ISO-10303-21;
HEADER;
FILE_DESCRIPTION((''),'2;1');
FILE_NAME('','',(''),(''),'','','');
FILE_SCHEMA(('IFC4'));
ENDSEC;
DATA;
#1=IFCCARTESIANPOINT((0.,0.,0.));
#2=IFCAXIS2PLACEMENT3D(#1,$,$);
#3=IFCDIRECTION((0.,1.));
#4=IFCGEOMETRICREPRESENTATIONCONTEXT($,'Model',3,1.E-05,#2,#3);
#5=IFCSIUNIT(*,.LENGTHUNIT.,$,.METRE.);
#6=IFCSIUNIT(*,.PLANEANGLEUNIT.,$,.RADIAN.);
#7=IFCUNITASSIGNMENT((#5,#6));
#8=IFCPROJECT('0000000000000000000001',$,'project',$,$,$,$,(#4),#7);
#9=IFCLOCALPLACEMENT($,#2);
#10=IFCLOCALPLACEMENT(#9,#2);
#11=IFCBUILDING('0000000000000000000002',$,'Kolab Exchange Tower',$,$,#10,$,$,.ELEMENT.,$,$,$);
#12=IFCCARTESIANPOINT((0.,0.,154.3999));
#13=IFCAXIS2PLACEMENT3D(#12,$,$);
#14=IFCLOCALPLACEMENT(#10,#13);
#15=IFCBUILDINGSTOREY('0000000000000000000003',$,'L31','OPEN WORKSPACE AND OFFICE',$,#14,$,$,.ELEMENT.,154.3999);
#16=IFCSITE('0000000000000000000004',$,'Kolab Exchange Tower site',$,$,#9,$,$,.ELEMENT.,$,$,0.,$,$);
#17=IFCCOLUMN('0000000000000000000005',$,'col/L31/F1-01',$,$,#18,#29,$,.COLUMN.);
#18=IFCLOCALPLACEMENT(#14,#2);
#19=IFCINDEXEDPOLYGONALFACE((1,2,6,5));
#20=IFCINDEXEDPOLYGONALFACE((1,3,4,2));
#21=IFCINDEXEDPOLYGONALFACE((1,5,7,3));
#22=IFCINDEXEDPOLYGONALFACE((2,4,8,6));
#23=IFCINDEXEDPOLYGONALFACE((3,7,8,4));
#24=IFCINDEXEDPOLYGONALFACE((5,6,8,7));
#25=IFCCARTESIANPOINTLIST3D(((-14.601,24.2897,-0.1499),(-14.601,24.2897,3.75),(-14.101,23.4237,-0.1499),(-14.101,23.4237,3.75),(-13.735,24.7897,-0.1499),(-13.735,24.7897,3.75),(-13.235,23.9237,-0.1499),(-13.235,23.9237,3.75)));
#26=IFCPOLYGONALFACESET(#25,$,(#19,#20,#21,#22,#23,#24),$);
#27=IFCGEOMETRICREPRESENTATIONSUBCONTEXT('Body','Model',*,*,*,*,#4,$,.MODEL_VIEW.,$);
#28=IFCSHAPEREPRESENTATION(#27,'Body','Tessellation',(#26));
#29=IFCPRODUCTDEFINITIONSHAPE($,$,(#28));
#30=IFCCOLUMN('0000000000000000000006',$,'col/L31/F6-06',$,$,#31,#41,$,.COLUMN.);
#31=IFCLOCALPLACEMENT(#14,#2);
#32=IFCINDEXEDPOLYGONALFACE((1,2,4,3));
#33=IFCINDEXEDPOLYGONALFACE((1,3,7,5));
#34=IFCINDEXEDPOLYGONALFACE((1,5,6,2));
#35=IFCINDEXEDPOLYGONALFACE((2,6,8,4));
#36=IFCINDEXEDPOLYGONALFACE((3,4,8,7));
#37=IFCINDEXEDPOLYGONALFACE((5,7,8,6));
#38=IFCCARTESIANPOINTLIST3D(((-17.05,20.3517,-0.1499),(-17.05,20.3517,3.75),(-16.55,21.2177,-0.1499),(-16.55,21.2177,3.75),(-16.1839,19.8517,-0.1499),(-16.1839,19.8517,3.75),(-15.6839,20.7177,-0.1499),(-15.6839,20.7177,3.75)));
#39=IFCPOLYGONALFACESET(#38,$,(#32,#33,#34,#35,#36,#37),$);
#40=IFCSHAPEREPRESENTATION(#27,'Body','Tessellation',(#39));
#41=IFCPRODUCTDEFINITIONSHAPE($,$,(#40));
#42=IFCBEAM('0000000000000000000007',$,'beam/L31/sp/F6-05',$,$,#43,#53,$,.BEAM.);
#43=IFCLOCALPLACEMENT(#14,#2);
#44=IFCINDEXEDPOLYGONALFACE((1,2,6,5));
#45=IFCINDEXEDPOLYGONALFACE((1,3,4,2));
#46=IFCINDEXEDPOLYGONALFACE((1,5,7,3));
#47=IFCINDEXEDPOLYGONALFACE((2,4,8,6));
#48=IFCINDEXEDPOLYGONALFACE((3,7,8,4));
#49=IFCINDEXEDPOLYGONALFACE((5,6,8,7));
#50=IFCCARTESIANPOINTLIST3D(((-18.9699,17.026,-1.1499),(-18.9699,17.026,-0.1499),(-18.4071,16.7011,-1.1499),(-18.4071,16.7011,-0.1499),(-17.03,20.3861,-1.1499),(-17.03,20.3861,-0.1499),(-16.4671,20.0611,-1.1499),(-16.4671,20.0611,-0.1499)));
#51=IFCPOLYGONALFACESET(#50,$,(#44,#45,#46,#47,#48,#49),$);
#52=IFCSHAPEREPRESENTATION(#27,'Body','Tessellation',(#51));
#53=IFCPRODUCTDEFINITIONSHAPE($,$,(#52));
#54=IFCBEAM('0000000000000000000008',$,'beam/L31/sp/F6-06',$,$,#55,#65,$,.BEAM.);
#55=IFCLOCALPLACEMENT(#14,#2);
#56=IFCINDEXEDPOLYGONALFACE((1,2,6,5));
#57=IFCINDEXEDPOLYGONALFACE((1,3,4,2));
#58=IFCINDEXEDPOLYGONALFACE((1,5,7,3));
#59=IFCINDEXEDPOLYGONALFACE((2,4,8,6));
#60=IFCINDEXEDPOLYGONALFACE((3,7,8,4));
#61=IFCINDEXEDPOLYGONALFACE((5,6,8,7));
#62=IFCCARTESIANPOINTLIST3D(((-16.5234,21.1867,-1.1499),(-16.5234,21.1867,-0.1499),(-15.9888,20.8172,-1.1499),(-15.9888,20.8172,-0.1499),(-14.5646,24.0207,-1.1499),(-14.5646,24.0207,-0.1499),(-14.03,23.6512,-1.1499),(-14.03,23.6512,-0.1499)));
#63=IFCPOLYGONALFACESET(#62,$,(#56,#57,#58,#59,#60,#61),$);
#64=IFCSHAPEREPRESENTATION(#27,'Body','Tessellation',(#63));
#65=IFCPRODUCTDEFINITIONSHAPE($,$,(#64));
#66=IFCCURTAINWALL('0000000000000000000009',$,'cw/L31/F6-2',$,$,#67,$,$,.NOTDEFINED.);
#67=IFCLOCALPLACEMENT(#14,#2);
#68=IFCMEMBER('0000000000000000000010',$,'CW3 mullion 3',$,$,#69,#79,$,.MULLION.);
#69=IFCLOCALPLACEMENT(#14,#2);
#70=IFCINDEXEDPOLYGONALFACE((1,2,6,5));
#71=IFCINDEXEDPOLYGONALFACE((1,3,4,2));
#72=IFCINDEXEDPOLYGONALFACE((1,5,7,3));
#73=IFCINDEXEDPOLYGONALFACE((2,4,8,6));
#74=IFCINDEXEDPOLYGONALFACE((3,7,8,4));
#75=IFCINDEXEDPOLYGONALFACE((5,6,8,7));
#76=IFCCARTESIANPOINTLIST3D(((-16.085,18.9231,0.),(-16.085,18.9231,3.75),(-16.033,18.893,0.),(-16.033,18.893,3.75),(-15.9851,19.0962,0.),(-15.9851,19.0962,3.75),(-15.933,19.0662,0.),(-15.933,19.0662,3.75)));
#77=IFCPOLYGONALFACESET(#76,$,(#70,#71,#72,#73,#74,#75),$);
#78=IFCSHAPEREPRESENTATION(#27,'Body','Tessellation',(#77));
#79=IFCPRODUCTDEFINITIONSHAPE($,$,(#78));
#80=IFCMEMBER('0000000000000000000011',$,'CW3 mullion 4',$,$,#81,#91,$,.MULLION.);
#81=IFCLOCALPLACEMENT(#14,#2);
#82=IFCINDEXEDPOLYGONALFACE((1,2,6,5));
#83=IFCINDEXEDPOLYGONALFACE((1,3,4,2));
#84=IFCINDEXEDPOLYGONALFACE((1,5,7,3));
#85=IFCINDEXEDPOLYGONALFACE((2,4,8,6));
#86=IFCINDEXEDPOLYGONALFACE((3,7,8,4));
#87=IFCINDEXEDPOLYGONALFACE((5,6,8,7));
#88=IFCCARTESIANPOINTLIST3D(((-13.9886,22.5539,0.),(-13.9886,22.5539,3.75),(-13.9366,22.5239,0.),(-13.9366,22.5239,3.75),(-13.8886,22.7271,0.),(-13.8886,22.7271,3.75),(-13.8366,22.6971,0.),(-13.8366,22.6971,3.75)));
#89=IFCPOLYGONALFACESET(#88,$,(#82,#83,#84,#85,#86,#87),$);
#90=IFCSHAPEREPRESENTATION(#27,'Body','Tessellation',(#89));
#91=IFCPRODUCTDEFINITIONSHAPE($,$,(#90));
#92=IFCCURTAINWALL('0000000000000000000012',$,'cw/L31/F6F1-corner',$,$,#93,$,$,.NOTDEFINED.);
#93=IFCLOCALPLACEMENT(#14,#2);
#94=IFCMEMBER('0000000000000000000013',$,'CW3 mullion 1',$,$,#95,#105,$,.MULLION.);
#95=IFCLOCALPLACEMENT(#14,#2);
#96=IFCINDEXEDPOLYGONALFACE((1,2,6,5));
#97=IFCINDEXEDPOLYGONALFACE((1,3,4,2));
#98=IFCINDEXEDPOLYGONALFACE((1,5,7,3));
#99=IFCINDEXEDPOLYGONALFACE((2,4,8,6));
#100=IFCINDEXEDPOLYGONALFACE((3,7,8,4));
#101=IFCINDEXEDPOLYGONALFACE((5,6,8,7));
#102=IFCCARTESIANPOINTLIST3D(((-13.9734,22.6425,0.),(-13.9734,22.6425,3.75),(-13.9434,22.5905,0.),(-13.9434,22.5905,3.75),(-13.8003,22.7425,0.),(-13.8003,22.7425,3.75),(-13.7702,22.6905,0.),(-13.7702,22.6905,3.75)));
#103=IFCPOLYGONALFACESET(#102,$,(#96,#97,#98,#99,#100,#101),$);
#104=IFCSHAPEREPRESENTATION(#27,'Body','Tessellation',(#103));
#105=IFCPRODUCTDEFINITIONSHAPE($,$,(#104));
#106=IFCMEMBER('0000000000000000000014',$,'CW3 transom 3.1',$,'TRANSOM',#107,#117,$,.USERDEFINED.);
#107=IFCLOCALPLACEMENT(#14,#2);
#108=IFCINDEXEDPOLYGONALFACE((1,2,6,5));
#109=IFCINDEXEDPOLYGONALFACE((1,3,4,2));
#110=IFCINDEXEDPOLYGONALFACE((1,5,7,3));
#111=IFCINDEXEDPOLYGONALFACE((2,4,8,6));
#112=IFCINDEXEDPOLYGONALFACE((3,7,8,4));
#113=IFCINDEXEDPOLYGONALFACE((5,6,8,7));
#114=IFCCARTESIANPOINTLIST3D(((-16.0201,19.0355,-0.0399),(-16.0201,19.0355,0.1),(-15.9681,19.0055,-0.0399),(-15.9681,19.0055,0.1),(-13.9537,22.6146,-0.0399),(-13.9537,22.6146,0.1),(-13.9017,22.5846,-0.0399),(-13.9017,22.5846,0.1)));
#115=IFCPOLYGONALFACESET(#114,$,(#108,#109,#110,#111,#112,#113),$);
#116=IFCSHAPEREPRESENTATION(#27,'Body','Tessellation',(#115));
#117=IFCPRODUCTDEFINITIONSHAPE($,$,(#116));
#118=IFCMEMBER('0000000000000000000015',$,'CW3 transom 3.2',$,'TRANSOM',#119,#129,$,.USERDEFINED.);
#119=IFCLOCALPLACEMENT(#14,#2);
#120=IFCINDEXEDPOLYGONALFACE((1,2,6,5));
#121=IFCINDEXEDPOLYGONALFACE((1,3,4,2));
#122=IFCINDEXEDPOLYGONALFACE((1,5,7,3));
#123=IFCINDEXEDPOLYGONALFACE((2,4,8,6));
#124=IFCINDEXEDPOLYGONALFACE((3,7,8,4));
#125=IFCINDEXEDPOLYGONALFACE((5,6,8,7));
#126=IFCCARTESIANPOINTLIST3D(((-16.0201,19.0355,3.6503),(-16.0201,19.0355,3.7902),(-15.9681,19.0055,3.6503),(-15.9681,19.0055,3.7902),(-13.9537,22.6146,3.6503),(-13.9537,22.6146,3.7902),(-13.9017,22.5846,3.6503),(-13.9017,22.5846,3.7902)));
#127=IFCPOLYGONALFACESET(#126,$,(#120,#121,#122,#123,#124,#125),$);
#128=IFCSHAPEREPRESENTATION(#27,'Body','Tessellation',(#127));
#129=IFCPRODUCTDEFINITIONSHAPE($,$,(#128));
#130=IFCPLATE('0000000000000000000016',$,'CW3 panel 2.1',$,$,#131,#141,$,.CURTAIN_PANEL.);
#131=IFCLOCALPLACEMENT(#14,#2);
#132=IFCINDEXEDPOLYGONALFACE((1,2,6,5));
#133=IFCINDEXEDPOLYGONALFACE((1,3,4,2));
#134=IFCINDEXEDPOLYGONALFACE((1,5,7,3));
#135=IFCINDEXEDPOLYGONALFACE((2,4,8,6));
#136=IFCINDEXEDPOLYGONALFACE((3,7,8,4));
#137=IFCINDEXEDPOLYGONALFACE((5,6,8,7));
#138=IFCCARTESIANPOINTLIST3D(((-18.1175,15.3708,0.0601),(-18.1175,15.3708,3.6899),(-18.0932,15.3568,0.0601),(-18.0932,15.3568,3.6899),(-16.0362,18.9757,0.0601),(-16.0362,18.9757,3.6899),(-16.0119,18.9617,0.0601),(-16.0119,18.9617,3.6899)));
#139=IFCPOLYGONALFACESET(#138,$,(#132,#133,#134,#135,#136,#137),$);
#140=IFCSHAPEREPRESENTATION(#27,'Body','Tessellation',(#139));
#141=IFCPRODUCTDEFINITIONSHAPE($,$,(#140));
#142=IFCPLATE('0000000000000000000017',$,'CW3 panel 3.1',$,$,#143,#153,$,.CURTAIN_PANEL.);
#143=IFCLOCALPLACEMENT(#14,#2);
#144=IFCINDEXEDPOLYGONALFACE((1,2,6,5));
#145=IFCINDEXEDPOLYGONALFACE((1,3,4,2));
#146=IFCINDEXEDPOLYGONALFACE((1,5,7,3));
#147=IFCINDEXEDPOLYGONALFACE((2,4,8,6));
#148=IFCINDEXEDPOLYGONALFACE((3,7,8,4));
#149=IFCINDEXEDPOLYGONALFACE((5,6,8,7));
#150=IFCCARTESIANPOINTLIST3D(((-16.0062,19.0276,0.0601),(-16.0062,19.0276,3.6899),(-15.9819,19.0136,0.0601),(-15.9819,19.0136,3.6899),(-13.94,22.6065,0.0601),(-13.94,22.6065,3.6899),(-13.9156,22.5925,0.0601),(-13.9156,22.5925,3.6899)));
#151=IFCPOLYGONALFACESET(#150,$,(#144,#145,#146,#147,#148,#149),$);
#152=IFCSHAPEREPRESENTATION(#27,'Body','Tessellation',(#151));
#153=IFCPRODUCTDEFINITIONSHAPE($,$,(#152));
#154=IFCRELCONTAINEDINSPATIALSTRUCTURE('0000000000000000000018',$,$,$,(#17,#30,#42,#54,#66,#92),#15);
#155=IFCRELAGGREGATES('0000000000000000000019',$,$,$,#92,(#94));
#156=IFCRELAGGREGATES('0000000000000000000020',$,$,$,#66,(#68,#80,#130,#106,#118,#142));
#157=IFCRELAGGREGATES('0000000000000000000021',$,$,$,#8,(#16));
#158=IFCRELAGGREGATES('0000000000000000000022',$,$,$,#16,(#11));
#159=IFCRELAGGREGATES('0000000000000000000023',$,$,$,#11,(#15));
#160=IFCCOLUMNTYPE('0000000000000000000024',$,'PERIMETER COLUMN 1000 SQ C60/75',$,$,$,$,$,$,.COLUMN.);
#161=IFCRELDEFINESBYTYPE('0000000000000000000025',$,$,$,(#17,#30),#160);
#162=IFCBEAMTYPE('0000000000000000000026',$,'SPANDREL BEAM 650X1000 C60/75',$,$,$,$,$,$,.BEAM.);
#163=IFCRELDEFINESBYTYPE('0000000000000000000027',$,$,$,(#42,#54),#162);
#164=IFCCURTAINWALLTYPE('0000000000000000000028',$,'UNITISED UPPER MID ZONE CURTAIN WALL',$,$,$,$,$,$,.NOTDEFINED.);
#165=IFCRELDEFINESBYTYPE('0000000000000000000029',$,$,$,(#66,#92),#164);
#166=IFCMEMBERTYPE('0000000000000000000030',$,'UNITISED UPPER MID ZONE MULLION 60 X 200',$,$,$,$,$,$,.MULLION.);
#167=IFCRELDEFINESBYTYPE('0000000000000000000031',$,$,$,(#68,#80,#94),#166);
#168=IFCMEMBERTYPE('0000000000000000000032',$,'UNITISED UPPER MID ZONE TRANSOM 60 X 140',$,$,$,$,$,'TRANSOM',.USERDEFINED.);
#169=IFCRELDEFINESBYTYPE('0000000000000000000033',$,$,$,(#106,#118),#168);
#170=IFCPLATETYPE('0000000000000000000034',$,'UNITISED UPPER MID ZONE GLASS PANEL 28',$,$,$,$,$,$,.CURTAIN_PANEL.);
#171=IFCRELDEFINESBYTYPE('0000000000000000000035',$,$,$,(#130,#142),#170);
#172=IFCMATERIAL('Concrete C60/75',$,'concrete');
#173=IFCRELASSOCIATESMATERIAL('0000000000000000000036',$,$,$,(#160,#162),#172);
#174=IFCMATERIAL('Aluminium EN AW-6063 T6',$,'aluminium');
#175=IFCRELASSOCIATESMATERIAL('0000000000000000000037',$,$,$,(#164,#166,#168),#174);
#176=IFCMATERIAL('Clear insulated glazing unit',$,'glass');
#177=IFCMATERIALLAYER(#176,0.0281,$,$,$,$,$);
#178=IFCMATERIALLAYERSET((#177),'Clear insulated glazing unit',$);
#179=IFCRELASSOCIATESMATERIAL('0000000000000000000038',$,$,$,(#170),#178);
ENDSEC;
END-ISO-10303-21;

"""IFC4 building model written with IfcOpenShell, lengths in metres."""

from ifc_helpers import new_model, si_unit, direction, frame, origin, origin_2d, place, context, subcontext, project, spatial, rectangle, extrude, material, layer, layer_set, material_profile, profile_set, type_object, element, aggregate, save


model = new_model("IFC4")

# Units and contexts
model_context = context("Model", 3, precision=1e-05, world=origin(), true_north=direction((0.0, 1.0)))
body_context = subcontext(model_context, "Body", "Model", "MODEL_VIEW")
ifc_project = project(units=[si_unit("LENGTHUNIT", "METRE"), si_unit("PLANEANGLEUNIT", "RADIAN")], contexts=[model_context])

# Site, building, storey
site_placement = place(None, origin())
site = spatial("IfcSite", under=ifc_project, at=site_placement, Name="Kolab Exchange Tower site", CompositionType="ELEMENT", RefElevation=0.0)
building_placement = place(site_placement, origin())
building = spatial("IfcBuilding", under=site, at=building_placement, Name="Kolab Exchange Tower", CompositionType="ELEMENT")
storey_placement = place(building_placement, frame((0.0, 0.0, 154.3999)))
storey = spatial("IfcBuildingStorey", under=building, at=storey_placement, Name="L31", Description="OPEN WORKSPACE AND OFFICE", CompositionType="ELEMENT", Elevation=154.3999)

# Columns
ifc_material_1 = material(Name="Concrete C60/75", Category="concrete")
ifc_material_profile_1 = material_profile(ifc_material_1, rectangle(XDim=1.0, YDim=1.0, at=origin_2d()), Name="RC1000")
ifc_profile_set_1 = profile_set([ifc_material_profile_1], Name="Concrete C60/75")
column_type = type_object("IfcColumnType", Name="PERIMETER COLUMN 1000 SQ C60/75", PredefinedType="COLUMN", material=ifc_profile_set_1)
for number, where, z_axis, x_axis, name in (
    (1, (-13.918, 24.1067, -0.1499), (0.0, 0.0, 1.0), (0.866025, 0.5, 0.0), "col/L31/F1-01"),
    (2, (-16.3669, 20.5347, -0.1499), (0.0, 0.0, 1.0), (0.5, 0.866025, 0.0), "col/L31/F6-06"),
):
    element("IfcColumn", number, at=place(storey_placement, frame(where, z_axis=z_axis, x_axis=x_axis)), inside=storey, type_object=column_type, Name=name, PredefinedType="COLUMN", context=body_context, shape_type="SweptSolid", body=[
        extrude(rectangle(XDim=1.0, YDim=1.0, at=origin_2d()), origin(), (0.0, 0.0, 1.0), 3.8999),
    ])

# Beams
ifc_material_profile_2 = material_profile(ifc_material_1, rectangle(XDim=0.6499, YDim=1.0, at=origin_2d()), Name="RC650X1000")
ifc_profile_set_2 = profile_set([ifc_material_profile_2], Name="Concrete C60/75")
beam_type = type_object("IfcBeamType", Name="SPANDREL BEAM 650X1000 C60/75", PredefinedType="BEAM", material=ifc_profile_set_2)
beam_1_placement = place(storey_placement, frame((-18.6885, 16.8635, -0.6499), z_axis=(0.499997, 0.866027, 0.0), x_axis=(-0.866027, 0.499997, 0.0)))
element("IfcBeam", 3, at=beam_1_placement, inside=storey, type_object=beam_type, Name="beam/L31/sp/F6-05", PredefinedType="BEAM", context=body_context, shape_type="SweptSolid", body=[
    extrude(rectangle(XDim=0.6499, YDim=1.0, at=origin_2d()), origin(), (0.0, 0.0, 1.0), 3.8799),
])
beam_2_placement = place(storey_placement, frame((-16.2561, 21.002, -0.6499), z_axis=(0.568572, 0.822633, 0.0), x_axis=(-0.822633, 0.568572, 0.0)))
element("IfcBeam", 4, at=beam_2_placement, inside=storey, type_object=beam_type, Name="beam/L31/sp/F6-06", PredefinedType="BEAM", context=body_context, shape_type="SweptSolid", body=[
    extrude(rectangle(XDim=0.6499, YDim=1.0, at=origin_2d()), origin(), (0.0, 0.0, 1.0), 3.4451),
])

# Curtain wall, members
ifc_material_2 = material(Name="Aluminium EN AW-6063 T6", Category="aluminium")
curtain_wall_type = type_object("IfcCurtainWallType", Name="UNITISED UPPER MID ZONE CURTAIN WALL", PredefinedType="NOTDEFINED", material=ifc_material_2)
curtain_wall_1_placement = place(storey_placement, origin())
curtain_wall_1 = element("IfcCurtainWall", 5, at=curtain_wall_1_placement, inside=storey, type_object=curtain_wall_type, Name="cw/L31/F6-2", PredefinedType="NOTDEFINED")
ifc_material_profile_3 = material_profile(ifc_material_2, rectangle(XDim=0.0601, YDim=0.2, at=origin_2d()), Name="RECT 60X200")
ifc_profile_set_3 = profile_set([ifc_material_profile_3], Name="Aluminium EN AW-6063 T6")
member_type_1 = type_object("IfcMemberType", Name="UNITISED UPPER MID ZONE MULLION 60 X 200", PredefinedType="MULLION", material=ifc_profile_set_3)
member_1_placement = place(storey_placement, frame((-16.009, 18.9946, 0.0), z_axis=(0.0, 0.0, 1.0), x_axis=(-0.866025, 0.5, 0.0)))
member_1 = element("IfcMember", 6, at=member_1_placement, type_object=member_type_1, Name="CW3 mullion 3", PredefinedType="MULLION", context=body_context, shape_type="SweptSolid", body=[
    extrude(rectangle(XDim=0.0601, YDim=0.2, at=origin_2d()), origin(), (0.0, 0.0, 1.0), 3.75),
])
member_2_placement = place(storey_placement, frame((-13.9126, 22.6255, 0.0), z_axis=(0.0, 0.0, 1.0), x_axis=(-0.866025, 0.5, 0.0)))
member_2 = element("IfcMember", 7, at=member_2_placement, type_object=member_type_1, Name="CW3 mullion 4", PredefinedType="MULLION", context=body_context, shape_type="SweptSolid", body=[
    extrude(rectangle(XDim=0.0601, YDim=0.2, at=origin_2d()), origin(), (0.0, 0.0, 1.0), 3.75),
])

# Curtain wall, member
curtain_wall_2_placement = place(storey_placement, origin())
curtain_wall_2 = element("IfcCurtainWall", 8, at=curtain_wall_2_placement, inside=storey, type_object=curtain_wall_type, Name="cw/L31/F6F1-corner", PredefinedType="NOTDEFINED")
member_3_placement = place(storey_placement, frame((-13.8718, 22.6665, 0.0), z_axis=(0.0, 0.0, 1.0), x_axis=(-0.5, 0.866025, 0.0)))
member_3 = element("IfcMember", 9, at=member_3_placement, type_object=member_type_1, Name="CW3 mullion 1", PredefinedType="MULLION", context=body_context, shape_type="SweptSolid", body=[
    extrude(rectangle(XDim=0.0601, YDim=0.2, at=origin_2d()), origin(), (0.0, 0.0, 1.0), 3.75),
])
aggregate(curtain_wall_2, [member_3])

# Members
ifc_material_profile_4 = material_profile(ifc_material_2, rectangle(XDim=0.0601, YDim=0.1399, at=origin_2d()), Name="RECT 60X140")
ifc_profile_set_4 = profile_set([ifc_material_profile_4], Name="Aluminium EN AW-6063 T6")
member_type_2 = type_object("IfcMemberType", Name="UNITISED UPPER MID ZONE TRANSOM 60 X 140", ElementType="TRANSOM", PredefinedType="USERDEFINED", material=ifc_profile_set_4)
member_4_placement = place(storey_placement, frame((-15.9941, 19.0205, 0.03), z_axis=(0.500002, 0.866024, 0.0), x_axis=(-0.866024, 0.500002, 0.0)))
member_4 = element("IfcMember", 10, at=member_4_placement, type_object=member_type_2, Name="CW3 transom 3.1", ObjectType="TRANSOM", PredefinedType="USERDEFINED", context=body_context, shape_type="SweptSolid", body=[
    extrude(rectangle(XDim=0.0601, YDim=0.1399, at=origin_2d()), origin(), (0.0, 0.0, 1.0), 4.1328),
])
member_5_placement = place(storey_placement, frame((-15.9941, 19.0205, 3.7202), z_axis=(0.500002, 0.866024, 0.0), x_axis=(-0.866024, 0.500002, 0.0)))
member_5 = element("IfcMember", 11, at=member_5_placement, type_object=member_type_2, Name="CW3 transom 3.2", ObjectType="TRANSOM", PredefinedType="USERDEFINED", context=body_context, shape_type="SweptSolid", body=[
    extrude(rectangle(XDim=0.0601, YDim=0.1399, at=origin_2d()), origin(), (0.0, 0.0, 1.0), 4.1328),
])

# Plates
ifc_material_3 = material(Name="Clear insulated glazing unit", Category="glass")
ifc_layer_1 = layer(ifc_material_3, 0.0281)
ifc_layer_set_1 = layer_set([ifc_layer_1], Name="Clear insulated glazing unit")
plate_type = type_object("IfcPlateType", Name="UNITISED UPPER MID ZONE GLASS PANEL 28", PredefinedType="CURTAIN_PANEL", material=ifc_layer_set_1)
plate_1_placement = place(storey_placement, frame((-17.0647, 17.1663, 0.0601), z_axis=(0.0, 0.0, 1.0), x_axis=(0.5, 0.866025, 0.0)))
plate_1 = element("IfcPlate", 12, at=plate_1_placement, type_object=plate_type, Name="CW3 panel 2.1", PredefinedType="CURTAIN_PANEL", context=body_context, shape_type="SweptSolid", body=[
    extrude(rectangle(XDim=4.1626, YDim=0.0281, at=origin_2d()), origin(), (0.0, 0.0, 1.0), 3.6299),
])
plate_2_placement = place(storey_placement, frame((-14.9609, 20.8101, 0.0601), z_axis=(0.0, 0.0, 1.0), x_axis=(0.5, 0.866025, 0.0)))
plate_2 = element("IfcPlate", 13, at=plate_2_placement, type_object=plate_type, Name="CW3 panel 3.1", PredefinedType="CURTAIN_PANEL", context=body_context, shape_type="SweptSolid", body=[
    extrude(rectangle(XDim=4.1326, YDim=0.0281, at=origin_2d()), origin(), (0.0, 0.0, 1.0), 3.6299),
])
aggregate(curtain_wall_1, [member_1, member_2, plate_1, member_4, member_5, plate_2])

save(model, "model.ifc")
